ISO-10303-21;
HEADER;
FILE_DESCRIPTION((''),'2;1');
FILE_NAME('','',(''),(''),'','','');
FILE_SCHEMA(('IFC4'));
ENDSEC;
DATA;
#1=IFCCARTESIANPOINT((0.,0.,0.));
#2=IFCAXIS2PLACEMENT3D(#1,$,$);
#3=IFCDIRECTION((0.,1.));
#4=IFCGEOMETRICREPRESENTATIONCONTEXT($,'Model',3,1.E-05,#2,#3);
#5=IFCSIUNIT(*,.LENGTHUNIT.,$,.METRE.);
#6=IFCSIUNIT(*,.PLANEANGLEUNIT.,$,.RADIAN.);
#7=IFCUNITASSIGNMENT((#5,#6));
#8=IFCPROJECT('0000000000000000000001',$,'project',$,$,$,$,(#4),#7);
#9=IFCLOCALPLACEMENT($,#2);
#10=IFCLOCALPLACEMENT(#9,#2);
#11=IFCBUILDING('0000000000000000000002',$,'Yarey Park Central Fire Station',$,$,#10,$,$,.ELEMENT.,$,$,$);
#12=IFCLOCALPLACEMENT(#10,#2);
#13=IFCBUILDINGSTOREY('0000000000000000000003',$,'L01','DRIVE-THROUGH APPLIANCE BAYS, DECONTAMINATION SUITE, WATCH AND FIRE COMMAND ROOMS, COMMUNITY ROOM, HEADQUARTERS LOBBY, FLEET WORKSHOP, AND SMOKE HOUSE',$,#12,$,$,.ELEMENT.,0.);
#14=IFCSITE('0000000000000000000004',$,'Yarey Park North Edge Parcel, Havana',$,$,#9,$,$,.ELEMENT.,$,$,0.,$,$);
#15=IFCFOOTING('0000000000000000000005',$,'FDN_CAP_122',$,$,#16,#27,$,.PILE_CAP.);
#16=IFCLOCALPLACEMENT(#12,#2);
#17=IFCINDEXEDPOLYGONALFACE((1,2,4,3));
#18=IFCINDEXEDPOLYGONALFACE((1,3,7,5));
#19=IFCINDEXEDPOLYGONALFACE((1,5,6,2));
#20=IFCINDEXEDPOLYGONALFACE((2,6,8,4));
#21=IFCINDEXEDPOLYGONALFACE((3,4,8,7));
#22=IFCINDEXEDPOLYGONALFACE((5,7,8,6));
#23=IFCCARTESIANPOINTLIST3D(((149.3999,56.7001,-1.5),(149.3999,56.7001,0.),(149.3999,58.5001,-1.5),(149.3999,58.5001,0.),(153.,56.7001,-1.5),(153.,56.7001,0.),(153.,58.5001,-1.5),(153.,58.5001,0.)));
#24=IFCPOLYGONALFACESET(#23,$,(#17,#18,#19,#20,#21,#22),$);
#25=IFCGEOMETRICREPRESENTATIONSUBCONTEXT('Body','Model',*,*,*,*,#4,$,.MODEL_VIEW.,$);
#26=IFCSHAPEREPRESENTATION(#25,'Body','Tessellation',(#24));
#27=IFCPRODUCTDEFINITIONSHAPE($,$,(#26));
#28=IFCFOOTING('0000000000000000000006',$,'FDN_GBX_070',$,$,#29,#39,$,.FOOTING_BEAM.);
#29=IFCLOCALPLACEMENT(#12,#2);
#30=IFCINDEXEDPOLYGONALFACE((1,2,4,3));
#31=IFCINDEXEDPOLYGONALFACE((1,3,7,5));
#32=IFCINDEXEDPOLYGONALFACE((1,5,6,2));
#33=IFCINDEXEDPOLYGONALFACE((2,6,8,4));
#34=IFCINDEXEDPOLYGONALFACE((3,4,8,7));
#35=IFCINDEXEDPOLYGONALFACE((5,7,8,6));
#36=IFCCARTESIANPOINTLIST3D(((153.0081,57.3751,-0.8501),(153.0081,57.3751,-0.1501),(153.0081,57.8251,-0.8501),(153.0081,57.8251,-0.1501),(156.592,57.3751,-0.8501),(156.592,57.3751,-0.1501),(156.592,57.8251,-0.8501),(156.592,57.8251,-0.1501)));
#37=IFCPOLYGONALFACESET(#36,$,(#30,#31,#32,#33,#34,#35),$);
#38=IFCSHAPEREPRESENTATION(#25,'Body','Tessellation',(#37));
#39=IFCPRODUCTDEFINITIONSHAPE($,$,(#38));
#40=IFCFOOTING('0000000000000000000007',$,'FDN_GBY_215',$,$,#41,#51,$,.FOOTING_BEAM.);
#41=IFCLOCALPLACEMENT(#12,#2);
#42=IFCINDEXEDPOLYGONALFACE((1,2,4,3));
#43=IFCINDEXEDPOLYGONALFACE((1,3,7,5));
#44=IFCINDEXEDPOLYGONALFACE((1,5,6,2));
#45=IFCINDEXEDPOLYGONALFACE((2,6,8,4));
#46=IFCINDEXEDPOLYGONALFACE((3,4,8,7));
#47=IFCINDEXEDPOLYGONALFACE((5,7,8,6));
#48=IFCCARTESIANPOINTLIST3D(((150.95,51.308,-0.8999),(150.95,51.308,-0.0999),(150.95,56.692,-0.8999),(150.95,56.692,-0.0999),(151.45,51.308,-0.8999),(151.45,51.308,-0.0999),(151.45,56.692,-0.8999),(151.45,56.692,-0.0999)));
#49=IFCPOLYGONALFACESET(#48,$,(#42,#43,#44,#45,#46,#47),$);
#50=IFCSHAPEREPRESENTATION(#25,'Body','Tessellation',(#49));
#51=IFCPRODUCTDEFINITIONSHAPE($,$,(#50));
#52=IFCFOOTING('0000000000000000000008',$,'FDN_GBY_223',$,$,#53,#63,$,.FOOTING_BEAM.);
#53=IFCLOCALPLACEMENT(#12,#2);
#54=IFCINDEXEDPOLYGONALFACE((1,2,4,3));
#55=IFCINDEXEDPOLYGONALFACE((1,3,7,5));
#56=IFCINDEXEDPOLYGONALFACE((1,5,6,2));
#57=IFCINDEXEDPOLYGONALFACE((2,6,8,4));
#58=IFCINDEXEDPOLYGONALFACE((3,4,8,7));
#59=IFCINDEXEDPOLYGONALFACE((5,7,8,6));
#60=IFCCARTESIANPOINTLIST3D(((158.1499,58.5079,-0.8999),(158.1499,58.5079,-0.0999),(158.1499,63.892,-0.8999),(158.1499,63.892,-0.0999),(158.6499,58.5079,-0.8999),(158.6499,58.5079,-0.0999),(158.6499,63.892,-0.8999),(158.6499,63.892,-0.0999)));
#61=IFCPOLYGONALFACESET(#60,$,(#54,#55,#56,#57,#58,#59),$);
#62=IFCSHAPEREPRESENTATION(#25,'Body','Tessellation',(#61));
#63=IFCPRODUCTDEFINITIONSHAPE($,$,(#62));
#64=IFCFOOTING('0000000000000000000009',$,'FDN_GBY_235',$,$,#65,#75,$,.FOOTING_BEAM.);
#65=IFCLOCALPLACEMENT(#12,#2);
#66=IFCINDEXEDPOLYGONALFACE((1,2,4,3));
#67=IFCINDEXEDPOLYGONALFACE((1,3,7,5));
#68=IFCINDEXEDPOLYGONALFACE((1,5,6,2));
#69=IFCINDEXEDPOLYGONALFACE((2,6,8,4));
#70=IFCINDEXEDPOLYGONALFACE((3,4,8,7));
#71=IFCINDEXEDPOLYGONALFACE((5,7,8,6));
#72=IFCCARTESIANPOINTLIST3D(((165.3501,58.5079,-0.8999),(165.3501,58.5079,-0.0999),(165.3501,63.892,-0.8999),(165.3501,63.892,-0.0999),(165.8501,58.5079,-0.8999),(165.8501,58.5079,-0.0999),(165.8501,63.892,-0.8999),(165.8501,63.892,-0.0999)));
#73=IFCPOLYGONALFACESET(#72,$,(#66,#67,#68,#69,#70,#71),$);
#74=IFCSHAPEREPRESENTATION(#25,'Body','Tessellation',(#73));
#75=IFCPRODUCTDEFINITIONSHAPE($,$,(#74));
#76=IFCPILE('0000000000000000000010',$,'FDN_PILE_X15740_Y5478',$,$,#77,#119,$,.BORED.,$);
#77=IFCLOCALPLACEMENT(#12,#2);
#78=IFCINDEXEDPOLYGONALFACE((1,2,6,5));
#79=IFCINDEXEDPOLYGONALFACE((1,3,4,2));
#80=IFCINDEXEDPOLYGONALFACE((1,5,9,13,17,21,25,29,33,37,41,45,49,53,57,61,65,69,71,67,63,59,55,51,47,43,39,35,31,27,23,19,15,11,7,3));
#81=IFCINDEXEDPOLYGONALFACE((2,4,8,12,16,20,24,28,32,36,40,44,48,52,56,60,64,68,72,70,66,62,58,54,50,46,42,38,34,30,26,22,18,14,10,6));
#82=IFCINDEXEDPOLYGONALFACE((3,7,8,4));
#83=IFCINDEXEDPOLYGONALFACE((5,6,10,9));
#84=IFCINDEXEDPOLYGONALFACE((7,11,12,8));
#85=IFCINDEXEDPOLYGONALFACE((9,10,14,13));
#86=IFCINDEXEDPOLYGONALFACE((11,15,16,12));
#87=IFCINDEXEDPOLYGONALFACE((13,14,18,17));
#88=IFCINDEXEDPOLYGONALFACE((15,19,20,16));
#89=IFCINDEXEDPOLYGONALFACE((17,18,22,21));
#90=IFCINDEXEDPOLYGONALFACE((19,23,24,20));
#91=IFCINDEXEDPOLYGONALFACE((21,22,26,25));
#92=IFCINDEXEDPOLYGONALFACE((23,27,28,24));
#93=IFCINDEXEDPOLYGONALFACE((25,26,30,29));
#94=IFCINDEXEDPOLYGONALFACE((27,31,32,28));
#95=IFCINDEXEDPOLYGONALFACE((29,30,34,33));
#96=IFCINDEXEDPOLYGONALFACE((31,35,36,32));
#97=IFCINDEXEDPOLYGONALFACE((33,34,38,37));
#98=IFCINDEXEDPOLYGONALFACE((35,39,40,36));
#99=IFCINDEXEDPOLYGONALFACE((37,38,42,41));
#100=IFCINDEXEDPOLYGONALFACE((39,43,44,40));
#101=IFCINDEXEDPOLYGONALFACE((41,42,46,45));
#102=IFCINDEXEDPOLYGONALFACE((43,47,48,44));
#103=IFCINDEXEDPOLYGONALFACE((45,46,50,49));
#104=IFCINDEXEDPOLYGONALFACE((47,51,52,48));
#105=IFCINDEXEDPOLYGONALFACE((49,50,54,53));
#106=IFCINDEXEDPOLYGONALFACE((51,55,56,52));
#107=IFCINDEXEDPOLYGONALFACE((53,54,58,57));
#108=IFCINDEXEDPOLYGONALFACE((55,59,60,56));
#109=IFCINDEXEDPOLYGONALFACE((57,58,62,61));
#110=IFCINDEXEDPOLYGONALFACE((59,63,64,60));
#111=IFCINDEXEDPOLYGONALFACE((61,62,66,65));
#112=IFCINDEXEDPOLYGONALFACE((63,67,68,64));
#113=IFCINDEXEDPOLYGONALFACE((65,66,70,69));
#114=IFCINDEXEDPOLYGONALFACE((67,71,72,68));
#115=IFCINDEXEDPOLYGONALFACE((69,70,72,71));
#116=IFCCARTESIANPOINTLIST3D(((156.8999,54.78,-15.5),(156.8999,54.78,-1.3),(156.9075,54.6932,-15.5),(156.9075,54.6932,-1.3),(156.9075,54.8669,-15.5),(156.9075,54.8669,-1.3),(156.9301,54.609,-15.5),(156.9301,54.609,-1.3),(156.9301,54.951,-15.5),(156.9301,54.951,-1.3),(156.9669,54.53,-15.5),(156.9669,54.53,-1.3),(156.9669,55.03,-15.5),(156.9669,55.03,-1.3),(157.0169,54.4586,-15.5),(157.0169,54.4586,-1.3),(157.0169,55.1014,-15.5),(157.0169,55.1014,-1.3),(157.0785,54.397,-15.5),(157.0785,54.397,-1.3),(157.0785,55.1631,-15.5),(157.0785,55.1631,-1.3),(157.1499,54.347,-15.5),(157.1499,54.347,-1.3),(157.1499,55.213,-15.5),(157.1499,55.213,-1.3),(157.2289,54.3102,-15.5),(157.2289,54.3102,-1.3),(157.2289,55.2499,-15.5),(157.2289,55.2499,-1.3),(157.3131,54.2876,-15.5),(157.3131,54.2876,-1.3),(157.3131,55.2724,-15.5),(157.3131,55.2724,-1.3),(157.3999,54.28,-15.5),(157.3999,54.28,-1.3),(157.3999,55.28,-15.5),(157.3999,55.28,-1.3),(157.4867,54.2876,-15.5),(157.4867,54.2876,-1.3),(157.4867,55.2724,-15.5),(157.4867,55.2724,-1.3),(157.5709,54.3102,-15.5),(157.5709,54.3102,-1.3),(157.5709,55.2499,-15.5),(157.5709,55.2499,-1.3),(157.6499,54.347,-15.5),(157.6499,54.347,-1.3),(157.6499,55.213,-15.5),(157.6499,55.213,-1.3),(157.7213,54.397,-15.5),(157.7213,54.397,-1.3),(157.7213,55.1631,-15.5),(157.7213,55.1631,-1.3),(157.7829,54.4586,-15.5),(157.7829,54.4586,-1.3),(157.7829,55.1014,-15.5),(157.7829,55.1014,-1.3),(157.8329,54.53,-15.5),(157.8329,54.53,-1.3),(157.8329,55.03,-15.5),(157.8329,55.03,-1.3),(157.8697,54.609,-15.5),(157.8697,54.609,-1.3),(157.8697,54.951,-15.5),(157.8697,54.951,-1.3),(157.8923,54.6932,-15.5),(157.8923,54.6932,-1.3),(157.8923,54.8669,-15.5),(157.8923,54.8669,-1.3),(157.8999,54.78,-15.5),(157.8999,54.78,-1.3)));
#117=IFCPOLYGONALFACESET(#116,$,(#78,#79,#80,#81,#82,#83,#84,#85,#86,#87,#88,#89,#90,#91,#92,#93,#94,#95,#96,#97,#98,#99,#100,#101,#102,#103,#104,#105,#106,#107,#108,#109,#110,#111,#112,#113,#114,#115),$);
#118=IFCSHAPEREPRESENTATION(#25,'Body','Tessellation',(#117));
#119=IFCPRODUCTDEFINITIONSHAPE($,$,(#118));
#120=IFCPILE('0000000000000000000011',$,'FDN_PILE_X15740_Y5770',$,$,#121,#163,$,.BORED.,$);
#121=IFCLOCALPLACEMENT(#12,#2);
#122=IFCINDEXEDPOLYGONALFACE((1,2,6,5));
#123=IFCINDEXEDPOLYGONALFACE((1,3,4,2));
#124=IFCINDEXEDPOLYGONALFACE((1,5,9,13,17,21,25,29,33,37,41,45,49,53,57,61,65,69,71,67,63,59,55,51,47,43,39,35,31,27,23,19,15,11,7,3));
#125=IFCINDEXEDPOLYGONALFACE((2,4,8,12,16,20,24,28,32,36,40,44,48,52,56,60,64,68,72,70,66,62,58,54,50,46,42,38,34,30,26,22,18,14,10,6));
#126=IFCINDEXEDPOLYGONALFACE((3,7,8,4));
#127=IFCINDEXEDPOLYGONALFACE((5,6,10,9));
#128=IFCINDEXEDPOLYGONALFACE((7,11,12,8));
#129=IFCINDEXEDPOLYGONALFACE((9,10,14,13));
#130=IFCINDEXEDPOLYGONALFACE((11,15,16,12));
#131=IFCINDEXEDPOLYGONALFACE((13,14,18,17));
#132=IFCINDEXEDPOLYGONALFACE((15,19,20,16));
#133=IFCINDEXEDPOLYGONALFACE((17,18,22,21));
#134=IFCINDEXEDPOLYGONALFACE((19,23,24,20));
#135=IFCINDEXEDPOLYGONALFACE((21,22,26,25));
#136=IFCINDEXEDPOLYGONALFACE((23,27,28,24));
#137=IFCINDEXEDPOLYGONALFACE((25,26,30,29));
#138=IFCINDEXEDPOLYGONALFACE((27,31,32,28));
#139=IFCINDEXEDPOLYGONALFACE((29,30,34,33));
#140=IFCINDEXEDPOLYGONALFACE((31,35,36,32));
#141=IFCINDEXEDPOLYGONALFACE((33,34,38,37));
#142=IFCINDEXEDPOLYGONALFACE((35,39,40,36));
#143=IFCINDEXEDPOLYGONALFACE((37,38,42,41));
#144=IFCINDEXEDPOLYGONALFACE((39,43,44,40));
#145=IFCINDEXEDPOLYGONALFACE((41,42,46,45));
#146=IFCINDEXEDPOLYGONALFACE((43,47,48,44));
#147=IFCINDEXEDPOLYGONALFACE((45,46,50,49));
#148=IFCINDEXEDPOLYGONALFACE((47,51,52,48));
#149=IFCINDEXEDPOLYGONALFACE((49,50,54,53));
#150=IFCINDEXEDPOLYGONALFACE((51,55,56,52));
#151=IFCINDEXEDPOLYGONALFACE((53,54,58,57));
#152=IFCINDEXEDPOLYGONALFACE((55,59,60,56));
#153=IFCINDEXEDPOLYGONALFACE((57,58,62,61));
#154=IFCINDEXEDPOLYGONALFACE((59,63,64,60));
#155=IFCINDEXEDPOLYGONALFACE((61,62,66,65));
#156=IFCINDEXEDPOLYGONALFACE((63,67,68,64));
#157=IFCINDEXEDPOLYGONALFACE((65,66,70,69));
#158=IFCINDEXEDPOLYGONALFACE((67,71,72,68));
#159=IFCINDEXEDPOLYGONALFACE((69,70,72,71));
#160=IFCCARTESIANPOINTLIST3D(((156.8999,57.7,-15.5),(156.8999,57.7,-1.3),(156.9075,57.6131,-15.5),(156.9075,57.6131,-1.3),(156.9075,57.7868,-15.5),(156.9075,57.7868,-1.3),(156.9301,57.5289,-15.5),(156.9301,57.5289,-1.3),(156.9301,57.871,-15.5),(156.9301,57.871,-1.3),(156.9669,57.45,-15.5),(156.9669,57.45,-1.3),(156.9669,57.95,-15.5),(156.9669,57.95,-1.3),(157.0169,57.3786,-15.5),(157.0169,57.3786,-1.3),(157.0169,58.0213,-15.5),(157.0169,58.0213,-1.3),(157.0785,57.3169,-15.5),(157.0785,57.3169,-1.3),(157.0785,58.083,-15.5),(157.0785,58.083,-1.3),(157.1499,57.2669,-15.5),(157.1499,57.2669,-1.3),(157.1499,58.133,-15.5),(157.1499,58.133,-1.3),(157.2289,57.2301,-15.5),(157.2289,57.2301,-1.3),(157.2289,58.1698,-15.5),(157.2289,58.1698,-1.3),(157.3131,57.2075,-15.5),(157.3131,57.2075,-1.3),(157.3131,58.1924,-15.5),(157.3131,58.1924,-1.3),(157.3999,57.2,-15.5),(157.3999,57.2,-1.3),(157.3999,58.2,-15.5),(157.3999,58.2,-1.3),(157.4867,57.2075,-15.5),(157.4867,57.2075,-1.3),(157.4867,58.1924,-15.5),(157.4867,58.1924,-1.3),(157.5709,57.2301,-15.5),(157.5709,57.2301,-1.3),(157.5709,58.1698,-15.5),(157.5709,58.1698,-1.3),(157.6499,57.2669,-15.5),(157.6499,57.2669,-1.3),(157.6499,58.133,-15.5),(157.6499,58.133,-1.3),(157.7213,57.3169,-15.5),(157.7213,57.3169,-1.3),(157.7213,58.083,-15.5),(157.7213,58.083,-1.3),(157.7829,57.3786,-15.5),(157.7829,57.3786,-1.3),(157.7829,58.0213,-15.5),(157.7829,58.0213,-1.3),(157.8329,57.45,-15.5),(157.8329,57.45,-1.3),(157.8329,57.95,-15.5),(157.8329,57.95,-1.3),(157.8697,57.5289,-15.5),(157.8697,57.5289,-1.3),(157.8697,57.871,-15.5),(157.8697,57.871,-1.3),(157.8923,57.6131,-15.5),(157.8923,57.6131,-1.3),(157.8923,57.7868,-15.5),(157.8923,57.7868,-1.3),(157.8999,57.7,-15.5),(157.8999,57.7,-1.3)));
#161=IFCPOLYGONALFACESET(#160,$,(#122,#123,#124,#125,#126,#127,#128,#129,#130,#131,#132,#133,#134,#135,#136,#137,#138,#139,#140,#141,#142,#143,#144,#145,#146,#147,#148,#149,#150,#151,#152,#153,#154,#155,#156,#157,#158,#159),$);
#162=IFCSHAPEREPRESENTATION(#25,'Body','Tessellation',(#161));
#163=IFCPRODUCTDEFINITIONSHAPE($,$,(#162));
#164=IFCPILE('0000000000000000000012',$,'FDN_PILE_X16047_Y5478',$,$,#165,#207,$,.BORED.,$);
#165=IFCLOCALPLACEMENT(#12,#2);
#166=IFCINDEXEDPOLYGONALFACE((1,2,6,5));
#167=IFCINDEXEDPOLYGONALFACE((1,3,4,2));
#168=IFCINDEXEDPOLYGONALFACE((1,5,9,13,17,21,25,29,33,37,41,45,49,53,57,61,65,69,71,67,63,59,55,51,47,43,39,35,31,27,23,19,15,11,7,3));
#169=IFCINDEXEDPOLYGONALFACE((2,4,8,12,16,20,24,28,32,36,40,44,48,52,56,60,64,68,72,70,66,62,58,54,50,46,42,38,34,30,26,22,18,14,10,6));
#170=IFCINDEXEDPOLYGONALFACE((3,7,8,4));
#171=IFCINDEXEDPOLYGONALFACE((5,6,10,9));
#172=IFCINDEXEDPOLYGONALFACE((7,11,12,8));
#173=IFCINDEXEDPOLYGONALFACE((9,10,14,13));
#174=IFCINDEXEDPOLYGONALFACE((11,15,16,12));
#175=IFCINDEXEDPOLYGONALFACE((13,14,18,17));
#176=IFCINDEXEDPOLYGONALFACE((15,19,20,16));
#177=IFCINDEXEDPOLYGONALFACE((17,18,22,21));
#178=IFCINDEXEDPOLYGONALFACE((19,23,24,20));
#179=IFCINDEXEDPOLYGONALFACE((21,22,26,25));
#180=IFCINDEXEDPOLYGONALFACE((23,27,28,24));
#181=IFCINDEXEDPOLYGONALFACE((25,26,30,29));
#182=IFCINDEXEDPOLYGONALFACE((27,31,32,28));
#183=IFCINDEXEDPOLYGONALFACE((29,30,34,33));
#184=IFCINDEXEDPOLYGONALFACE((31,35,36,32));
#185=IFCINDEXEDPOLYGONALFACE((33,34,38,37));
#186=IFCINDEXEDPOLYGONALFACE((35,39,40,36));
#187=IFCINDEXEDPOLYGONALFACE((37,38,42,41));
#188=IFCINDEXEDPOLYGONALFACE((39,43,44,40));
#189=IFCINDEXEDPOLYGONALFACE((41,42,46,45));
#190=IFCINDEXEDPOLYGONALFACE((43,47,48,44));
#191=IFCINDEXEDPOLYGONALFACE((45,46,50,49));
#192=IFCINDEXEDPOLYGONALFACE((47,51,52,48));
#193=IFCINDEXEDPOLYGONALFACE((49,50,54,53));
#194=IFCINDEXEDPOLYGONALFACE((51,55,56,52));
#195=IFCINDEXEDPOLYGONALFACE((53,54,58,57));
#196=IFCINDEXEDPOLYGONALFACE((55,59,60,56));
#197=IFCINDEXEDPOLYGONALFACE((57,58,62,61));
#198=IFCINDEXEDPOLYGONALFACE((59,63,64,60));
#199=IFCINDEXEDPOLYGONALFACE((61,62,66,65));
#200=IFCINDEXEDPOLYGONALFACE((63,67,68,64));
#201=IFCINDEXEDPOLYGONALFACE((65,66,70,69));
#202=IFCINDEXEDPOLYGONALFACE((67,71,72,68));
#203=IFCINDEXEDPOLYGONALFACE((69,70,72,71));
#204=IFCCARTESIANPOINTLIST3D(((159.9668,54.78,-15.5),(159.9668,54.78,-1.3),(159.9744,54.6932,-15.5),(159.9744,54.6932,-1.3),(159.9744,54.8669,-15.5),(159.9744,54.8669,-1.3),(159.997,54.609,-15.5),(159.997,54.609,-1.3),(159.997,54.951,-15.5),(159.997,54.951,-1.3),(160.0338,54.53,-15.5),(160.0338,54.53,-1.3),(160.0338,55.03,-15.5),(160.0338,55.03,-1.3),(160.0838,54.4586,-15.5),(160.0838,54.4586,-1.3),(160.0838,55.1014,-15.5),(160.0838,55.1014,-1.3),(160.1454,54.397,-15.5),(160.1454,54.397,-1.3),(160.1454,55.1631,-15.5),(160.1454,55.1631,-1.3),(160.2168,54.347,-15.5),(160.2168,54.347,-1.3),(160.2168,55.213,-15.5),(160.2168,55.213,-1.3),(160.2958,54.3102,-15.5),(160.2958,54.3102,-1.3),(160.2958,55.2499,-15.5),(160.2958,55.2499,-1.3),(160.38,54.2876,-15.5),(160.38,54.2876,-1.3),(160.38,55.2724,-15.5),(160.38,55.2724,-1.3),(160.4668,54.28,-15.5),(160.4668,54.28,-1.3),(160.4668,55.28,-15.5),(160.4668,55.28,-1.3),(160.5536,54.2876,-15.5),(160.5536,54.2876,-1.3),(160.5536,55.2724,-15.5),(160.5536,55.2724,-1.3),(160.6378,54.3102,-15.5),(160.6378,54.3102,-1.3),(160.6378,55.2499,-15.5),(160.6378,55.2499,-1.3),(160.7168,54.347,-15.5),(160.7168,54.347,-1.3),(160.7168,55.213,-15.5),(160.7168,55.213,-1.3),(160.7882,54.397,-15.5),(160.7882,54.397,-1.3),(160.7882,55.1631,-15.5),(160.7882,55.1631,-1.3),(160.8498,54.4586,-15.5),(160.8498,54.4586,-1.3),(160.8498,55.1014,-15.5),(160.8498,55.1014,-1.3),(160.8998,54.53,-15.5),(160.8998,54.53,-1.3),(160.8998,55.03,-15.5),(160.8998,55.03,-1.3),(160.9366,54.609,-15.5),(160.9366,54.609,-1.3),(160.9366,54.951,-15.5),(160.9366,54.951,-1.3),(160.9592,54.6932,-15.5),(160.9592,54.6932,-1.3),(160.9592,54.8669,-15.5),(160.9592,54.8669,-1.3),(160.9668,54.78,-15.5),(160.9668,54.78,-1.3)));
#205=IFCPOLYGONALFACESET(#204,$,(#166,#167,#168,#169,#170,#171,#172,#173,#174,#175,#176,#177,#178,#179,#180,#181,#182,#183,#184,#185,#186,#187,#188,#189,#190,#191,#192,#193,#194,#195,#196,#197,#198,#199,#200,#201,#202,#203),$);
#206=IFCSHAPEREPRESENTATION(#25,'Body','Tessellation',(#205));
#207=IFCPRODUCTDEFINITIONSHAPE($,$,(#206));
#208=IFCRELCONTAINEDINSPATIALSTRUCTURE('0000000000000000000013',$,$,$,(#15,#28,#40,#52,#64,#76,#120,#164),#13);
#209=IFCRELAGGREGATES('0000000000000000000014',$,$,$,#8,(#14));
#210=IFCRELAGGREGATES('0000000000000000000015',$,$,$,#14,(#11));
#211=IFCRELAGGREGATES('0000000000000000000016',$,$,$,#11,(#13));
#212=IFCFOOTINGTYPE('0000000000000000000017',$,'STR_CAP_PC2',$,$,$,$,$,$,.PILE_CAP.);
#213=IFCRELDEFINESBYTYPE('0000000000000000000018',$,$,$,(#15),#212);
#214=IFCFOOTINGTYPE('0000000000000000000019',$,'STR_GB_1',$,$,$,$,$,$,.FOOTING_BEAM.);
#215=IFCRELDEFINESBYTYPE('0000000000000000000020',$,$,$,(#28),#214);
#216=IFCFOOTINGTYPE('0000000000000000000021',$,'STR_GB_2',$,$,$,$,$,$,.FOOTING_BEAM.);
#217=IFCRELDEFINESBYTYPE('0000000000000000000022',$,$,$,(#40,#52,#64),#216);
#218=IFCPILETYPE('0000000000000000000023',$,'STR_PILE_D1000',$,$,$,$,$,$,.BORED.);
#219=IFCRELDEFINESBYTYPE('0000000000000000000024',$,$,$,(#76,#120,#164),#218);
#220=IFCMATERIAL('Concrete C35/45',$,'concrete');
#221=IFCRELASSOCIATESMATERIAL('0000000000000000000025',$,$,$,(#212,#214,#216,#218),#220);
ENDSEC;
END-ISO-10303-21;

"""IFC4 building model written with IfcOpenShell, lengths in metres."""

from ifc_helpers import new_model, si_unit, direction, frame, origin, origin_2d, place, context, subcontext, project, spatial, rectangle, circle, extrude, material, material_profile, profile_set, type_object, element, save


model = new_model("IFC4")

# Units and contexts
model_context = context("Model", 3, precision=1e-05, world=origin(), true_north=direction((0.0, 1.0)))
body_context = subcontext(model_context, "Body", "Model", "MODEL_VIEW")
ifc_project = project(units=[si_unit("LENGTHUNIT", "METRE"), si_unit("PLANEANGLEUNIT", "RADIAN")], contexts=[model_context])

# Site, building, storey
site_placement = place(None, origin())
site = spatial("IfcSite", under=ifc_project, at=site_placement, Name="Yarey Park North Edge Parcel, Havana", CompositionType="ELEMENT", RefElevation=0.0)
building_placement = place(site_placement, origin())
building = spatial("IfcBuilding", under=site, at=building_placement, Name="Yarey Park Central Fire Station", CompositionType="ELEMENT")
storey_placement = place(building_placement, origin())
storey = spatial("IfcBuildingStorey", under=building, at=storey_placement, Name="L01", Description="DRIVE-THROUGH APPLIANCE BAYS, DECONTAMINATION SUITE, WATCH AND FIRE COMMAND ROOMS, COMMUNITY ROOM, HEADQUARTERS LOBBY, FLEET WORKSHOP, AND SMOKE HOUSE", CompositionType="ELEMENT", Elevation=0.0)

# Footings
ifc_material_1 = material(Name="Concrete C35/45", Category="concrete")
footing_type_1 = type_object("IfcFootingType", Name="STR_CAP_PC2", PredefinedType="PILE_CAP", material=ifc_material_1)
footing_1_placement = place(storey_placement, frame((151.2, 57.6001, -1.5), z_axis=(0.0, 0.0, 1.0), x_axis=(1.0, 0.0, 0.0)))
element("IfcFooting", 1, at=footing_1_placement, inside=storey, type_object=footing_type_1, Name="FDN_CAP_122", PredefinedType="PILE_CAP", context=body_context, shape_type="SweptSolid", body=[
    extrude(rectangle(XDim=3.6001, YDim=1.8, at=origin_2d()), origin(), (0.0, 0.0, 1.0), 1.5),
])
footing_type_2 = type_object("IfcFootingType", Name="STR_GB_1", PredefinedType="FOOTING_BEAM", material=ifc_material_1)
footing_2_placement = place(storey_placement, frame((154.8, 57.6001, -0.8501), z_axis=(0.0, 0.0, 1.0), x_axis=(1.0, 0.0, 0.0)))
element("IfcFooting", 2, at=footing_2_placement, inside=storey, type_object=footing_type_2, Name="FDN_GBX_070", PredefinedType="FOOTING_BEAM", context=body_context, shape_type="SweptSolid", body=[
    extrude(rectangle(XDim=3.584, YDim=0.45, at=origin_2d()), origin(), (0.0, 0.0, 1.0), 0.7),
])
footing_type_3 = type_object("IfcFootingType", Name="STR_GB_2", PredefinedType="FOOTING_BEAM", material=ifc_material_1)
for number, where, z_axis, x_axis, name in (
    (3, (151.2, 54.0, -0.8999), (0.0, 0.0, 1.0), (1.0, 0.0, 0.0), "FDN_GBY_215"),
    (4, (158.3999, 61.2, -0.8999), (0.0, 0.0, 1.0), (1.0, 0.0, 0.0), "FDN_GBY_223"),
    (5, (165.6001, 61.2, -0.8999), (0.0, 0.0, 1.0), (1.0, 0.0, 0.0), "FDN_GBY_235"),
):
    element("IfcFooting", number, at=place(storey_placement, frame(where, z_axis=z_axis, x_axis=x_axis)), inside=storey, type_object=footing_type_3, Name=name, PredefinedType="FOOTING_BEAM", context=body_context, shape_type="SweptSolid", body=[
        extrude(rectangle(XDim=0.5, YDim=5.384, at=origin_2d()), origin(), (0.0, 0.0, 1.0), 0.8),
    ])

# Piles
ifc_material_profile_1 = material_profile(ifc_material_1, circle(Radius=0.5, at=origin_2d()), Name="BORED PILE D1000")
ifc_profile_set_1 = profile_set([ifc_material_profile_1], Name="Concrete C35/45")
pile_type_1 = type_object("IfcPileType", Name="STR_PILE_D1000", PredefinedType="BORED", material=ifc_profile_set_1)
for number, where, z_axis, x_axis, name in (
    (6, (157.3999, 54.78, -1.3), (0.0, 0.0, -1.0), (1.0, 0.0, 0.0), "FDN_PILE_X15740_Y5478"),
    (7, (157.3999, 57.7, -1.3), (0.0, 0.0, -1.0), (1.0, 0.0, 0.0), "FDN_PILE_X15740_Y5770"),
    (8, (160.4668, 54.78, -1.3), (0.0, 0.0, -1.0), (1.0, 0.0, 0.0), "FDN_PILE_X16047_Y5478"),
):
    element("IfcPile", number, at=place(storey_placement, frame(where, z_axis=z_axis, x_axis=x_axis)), inside=storey, type_object=pile_type_1, Name=name, PredefinedType="BORED", context=body_context, shape_type="SweptSolid", body=[
        extrude(circle(Radius=0.5, at=origin_2d()), origin(), (0.0, 0.0, 1.0), 14.2),
    ])

save(model, "model.ifc")
